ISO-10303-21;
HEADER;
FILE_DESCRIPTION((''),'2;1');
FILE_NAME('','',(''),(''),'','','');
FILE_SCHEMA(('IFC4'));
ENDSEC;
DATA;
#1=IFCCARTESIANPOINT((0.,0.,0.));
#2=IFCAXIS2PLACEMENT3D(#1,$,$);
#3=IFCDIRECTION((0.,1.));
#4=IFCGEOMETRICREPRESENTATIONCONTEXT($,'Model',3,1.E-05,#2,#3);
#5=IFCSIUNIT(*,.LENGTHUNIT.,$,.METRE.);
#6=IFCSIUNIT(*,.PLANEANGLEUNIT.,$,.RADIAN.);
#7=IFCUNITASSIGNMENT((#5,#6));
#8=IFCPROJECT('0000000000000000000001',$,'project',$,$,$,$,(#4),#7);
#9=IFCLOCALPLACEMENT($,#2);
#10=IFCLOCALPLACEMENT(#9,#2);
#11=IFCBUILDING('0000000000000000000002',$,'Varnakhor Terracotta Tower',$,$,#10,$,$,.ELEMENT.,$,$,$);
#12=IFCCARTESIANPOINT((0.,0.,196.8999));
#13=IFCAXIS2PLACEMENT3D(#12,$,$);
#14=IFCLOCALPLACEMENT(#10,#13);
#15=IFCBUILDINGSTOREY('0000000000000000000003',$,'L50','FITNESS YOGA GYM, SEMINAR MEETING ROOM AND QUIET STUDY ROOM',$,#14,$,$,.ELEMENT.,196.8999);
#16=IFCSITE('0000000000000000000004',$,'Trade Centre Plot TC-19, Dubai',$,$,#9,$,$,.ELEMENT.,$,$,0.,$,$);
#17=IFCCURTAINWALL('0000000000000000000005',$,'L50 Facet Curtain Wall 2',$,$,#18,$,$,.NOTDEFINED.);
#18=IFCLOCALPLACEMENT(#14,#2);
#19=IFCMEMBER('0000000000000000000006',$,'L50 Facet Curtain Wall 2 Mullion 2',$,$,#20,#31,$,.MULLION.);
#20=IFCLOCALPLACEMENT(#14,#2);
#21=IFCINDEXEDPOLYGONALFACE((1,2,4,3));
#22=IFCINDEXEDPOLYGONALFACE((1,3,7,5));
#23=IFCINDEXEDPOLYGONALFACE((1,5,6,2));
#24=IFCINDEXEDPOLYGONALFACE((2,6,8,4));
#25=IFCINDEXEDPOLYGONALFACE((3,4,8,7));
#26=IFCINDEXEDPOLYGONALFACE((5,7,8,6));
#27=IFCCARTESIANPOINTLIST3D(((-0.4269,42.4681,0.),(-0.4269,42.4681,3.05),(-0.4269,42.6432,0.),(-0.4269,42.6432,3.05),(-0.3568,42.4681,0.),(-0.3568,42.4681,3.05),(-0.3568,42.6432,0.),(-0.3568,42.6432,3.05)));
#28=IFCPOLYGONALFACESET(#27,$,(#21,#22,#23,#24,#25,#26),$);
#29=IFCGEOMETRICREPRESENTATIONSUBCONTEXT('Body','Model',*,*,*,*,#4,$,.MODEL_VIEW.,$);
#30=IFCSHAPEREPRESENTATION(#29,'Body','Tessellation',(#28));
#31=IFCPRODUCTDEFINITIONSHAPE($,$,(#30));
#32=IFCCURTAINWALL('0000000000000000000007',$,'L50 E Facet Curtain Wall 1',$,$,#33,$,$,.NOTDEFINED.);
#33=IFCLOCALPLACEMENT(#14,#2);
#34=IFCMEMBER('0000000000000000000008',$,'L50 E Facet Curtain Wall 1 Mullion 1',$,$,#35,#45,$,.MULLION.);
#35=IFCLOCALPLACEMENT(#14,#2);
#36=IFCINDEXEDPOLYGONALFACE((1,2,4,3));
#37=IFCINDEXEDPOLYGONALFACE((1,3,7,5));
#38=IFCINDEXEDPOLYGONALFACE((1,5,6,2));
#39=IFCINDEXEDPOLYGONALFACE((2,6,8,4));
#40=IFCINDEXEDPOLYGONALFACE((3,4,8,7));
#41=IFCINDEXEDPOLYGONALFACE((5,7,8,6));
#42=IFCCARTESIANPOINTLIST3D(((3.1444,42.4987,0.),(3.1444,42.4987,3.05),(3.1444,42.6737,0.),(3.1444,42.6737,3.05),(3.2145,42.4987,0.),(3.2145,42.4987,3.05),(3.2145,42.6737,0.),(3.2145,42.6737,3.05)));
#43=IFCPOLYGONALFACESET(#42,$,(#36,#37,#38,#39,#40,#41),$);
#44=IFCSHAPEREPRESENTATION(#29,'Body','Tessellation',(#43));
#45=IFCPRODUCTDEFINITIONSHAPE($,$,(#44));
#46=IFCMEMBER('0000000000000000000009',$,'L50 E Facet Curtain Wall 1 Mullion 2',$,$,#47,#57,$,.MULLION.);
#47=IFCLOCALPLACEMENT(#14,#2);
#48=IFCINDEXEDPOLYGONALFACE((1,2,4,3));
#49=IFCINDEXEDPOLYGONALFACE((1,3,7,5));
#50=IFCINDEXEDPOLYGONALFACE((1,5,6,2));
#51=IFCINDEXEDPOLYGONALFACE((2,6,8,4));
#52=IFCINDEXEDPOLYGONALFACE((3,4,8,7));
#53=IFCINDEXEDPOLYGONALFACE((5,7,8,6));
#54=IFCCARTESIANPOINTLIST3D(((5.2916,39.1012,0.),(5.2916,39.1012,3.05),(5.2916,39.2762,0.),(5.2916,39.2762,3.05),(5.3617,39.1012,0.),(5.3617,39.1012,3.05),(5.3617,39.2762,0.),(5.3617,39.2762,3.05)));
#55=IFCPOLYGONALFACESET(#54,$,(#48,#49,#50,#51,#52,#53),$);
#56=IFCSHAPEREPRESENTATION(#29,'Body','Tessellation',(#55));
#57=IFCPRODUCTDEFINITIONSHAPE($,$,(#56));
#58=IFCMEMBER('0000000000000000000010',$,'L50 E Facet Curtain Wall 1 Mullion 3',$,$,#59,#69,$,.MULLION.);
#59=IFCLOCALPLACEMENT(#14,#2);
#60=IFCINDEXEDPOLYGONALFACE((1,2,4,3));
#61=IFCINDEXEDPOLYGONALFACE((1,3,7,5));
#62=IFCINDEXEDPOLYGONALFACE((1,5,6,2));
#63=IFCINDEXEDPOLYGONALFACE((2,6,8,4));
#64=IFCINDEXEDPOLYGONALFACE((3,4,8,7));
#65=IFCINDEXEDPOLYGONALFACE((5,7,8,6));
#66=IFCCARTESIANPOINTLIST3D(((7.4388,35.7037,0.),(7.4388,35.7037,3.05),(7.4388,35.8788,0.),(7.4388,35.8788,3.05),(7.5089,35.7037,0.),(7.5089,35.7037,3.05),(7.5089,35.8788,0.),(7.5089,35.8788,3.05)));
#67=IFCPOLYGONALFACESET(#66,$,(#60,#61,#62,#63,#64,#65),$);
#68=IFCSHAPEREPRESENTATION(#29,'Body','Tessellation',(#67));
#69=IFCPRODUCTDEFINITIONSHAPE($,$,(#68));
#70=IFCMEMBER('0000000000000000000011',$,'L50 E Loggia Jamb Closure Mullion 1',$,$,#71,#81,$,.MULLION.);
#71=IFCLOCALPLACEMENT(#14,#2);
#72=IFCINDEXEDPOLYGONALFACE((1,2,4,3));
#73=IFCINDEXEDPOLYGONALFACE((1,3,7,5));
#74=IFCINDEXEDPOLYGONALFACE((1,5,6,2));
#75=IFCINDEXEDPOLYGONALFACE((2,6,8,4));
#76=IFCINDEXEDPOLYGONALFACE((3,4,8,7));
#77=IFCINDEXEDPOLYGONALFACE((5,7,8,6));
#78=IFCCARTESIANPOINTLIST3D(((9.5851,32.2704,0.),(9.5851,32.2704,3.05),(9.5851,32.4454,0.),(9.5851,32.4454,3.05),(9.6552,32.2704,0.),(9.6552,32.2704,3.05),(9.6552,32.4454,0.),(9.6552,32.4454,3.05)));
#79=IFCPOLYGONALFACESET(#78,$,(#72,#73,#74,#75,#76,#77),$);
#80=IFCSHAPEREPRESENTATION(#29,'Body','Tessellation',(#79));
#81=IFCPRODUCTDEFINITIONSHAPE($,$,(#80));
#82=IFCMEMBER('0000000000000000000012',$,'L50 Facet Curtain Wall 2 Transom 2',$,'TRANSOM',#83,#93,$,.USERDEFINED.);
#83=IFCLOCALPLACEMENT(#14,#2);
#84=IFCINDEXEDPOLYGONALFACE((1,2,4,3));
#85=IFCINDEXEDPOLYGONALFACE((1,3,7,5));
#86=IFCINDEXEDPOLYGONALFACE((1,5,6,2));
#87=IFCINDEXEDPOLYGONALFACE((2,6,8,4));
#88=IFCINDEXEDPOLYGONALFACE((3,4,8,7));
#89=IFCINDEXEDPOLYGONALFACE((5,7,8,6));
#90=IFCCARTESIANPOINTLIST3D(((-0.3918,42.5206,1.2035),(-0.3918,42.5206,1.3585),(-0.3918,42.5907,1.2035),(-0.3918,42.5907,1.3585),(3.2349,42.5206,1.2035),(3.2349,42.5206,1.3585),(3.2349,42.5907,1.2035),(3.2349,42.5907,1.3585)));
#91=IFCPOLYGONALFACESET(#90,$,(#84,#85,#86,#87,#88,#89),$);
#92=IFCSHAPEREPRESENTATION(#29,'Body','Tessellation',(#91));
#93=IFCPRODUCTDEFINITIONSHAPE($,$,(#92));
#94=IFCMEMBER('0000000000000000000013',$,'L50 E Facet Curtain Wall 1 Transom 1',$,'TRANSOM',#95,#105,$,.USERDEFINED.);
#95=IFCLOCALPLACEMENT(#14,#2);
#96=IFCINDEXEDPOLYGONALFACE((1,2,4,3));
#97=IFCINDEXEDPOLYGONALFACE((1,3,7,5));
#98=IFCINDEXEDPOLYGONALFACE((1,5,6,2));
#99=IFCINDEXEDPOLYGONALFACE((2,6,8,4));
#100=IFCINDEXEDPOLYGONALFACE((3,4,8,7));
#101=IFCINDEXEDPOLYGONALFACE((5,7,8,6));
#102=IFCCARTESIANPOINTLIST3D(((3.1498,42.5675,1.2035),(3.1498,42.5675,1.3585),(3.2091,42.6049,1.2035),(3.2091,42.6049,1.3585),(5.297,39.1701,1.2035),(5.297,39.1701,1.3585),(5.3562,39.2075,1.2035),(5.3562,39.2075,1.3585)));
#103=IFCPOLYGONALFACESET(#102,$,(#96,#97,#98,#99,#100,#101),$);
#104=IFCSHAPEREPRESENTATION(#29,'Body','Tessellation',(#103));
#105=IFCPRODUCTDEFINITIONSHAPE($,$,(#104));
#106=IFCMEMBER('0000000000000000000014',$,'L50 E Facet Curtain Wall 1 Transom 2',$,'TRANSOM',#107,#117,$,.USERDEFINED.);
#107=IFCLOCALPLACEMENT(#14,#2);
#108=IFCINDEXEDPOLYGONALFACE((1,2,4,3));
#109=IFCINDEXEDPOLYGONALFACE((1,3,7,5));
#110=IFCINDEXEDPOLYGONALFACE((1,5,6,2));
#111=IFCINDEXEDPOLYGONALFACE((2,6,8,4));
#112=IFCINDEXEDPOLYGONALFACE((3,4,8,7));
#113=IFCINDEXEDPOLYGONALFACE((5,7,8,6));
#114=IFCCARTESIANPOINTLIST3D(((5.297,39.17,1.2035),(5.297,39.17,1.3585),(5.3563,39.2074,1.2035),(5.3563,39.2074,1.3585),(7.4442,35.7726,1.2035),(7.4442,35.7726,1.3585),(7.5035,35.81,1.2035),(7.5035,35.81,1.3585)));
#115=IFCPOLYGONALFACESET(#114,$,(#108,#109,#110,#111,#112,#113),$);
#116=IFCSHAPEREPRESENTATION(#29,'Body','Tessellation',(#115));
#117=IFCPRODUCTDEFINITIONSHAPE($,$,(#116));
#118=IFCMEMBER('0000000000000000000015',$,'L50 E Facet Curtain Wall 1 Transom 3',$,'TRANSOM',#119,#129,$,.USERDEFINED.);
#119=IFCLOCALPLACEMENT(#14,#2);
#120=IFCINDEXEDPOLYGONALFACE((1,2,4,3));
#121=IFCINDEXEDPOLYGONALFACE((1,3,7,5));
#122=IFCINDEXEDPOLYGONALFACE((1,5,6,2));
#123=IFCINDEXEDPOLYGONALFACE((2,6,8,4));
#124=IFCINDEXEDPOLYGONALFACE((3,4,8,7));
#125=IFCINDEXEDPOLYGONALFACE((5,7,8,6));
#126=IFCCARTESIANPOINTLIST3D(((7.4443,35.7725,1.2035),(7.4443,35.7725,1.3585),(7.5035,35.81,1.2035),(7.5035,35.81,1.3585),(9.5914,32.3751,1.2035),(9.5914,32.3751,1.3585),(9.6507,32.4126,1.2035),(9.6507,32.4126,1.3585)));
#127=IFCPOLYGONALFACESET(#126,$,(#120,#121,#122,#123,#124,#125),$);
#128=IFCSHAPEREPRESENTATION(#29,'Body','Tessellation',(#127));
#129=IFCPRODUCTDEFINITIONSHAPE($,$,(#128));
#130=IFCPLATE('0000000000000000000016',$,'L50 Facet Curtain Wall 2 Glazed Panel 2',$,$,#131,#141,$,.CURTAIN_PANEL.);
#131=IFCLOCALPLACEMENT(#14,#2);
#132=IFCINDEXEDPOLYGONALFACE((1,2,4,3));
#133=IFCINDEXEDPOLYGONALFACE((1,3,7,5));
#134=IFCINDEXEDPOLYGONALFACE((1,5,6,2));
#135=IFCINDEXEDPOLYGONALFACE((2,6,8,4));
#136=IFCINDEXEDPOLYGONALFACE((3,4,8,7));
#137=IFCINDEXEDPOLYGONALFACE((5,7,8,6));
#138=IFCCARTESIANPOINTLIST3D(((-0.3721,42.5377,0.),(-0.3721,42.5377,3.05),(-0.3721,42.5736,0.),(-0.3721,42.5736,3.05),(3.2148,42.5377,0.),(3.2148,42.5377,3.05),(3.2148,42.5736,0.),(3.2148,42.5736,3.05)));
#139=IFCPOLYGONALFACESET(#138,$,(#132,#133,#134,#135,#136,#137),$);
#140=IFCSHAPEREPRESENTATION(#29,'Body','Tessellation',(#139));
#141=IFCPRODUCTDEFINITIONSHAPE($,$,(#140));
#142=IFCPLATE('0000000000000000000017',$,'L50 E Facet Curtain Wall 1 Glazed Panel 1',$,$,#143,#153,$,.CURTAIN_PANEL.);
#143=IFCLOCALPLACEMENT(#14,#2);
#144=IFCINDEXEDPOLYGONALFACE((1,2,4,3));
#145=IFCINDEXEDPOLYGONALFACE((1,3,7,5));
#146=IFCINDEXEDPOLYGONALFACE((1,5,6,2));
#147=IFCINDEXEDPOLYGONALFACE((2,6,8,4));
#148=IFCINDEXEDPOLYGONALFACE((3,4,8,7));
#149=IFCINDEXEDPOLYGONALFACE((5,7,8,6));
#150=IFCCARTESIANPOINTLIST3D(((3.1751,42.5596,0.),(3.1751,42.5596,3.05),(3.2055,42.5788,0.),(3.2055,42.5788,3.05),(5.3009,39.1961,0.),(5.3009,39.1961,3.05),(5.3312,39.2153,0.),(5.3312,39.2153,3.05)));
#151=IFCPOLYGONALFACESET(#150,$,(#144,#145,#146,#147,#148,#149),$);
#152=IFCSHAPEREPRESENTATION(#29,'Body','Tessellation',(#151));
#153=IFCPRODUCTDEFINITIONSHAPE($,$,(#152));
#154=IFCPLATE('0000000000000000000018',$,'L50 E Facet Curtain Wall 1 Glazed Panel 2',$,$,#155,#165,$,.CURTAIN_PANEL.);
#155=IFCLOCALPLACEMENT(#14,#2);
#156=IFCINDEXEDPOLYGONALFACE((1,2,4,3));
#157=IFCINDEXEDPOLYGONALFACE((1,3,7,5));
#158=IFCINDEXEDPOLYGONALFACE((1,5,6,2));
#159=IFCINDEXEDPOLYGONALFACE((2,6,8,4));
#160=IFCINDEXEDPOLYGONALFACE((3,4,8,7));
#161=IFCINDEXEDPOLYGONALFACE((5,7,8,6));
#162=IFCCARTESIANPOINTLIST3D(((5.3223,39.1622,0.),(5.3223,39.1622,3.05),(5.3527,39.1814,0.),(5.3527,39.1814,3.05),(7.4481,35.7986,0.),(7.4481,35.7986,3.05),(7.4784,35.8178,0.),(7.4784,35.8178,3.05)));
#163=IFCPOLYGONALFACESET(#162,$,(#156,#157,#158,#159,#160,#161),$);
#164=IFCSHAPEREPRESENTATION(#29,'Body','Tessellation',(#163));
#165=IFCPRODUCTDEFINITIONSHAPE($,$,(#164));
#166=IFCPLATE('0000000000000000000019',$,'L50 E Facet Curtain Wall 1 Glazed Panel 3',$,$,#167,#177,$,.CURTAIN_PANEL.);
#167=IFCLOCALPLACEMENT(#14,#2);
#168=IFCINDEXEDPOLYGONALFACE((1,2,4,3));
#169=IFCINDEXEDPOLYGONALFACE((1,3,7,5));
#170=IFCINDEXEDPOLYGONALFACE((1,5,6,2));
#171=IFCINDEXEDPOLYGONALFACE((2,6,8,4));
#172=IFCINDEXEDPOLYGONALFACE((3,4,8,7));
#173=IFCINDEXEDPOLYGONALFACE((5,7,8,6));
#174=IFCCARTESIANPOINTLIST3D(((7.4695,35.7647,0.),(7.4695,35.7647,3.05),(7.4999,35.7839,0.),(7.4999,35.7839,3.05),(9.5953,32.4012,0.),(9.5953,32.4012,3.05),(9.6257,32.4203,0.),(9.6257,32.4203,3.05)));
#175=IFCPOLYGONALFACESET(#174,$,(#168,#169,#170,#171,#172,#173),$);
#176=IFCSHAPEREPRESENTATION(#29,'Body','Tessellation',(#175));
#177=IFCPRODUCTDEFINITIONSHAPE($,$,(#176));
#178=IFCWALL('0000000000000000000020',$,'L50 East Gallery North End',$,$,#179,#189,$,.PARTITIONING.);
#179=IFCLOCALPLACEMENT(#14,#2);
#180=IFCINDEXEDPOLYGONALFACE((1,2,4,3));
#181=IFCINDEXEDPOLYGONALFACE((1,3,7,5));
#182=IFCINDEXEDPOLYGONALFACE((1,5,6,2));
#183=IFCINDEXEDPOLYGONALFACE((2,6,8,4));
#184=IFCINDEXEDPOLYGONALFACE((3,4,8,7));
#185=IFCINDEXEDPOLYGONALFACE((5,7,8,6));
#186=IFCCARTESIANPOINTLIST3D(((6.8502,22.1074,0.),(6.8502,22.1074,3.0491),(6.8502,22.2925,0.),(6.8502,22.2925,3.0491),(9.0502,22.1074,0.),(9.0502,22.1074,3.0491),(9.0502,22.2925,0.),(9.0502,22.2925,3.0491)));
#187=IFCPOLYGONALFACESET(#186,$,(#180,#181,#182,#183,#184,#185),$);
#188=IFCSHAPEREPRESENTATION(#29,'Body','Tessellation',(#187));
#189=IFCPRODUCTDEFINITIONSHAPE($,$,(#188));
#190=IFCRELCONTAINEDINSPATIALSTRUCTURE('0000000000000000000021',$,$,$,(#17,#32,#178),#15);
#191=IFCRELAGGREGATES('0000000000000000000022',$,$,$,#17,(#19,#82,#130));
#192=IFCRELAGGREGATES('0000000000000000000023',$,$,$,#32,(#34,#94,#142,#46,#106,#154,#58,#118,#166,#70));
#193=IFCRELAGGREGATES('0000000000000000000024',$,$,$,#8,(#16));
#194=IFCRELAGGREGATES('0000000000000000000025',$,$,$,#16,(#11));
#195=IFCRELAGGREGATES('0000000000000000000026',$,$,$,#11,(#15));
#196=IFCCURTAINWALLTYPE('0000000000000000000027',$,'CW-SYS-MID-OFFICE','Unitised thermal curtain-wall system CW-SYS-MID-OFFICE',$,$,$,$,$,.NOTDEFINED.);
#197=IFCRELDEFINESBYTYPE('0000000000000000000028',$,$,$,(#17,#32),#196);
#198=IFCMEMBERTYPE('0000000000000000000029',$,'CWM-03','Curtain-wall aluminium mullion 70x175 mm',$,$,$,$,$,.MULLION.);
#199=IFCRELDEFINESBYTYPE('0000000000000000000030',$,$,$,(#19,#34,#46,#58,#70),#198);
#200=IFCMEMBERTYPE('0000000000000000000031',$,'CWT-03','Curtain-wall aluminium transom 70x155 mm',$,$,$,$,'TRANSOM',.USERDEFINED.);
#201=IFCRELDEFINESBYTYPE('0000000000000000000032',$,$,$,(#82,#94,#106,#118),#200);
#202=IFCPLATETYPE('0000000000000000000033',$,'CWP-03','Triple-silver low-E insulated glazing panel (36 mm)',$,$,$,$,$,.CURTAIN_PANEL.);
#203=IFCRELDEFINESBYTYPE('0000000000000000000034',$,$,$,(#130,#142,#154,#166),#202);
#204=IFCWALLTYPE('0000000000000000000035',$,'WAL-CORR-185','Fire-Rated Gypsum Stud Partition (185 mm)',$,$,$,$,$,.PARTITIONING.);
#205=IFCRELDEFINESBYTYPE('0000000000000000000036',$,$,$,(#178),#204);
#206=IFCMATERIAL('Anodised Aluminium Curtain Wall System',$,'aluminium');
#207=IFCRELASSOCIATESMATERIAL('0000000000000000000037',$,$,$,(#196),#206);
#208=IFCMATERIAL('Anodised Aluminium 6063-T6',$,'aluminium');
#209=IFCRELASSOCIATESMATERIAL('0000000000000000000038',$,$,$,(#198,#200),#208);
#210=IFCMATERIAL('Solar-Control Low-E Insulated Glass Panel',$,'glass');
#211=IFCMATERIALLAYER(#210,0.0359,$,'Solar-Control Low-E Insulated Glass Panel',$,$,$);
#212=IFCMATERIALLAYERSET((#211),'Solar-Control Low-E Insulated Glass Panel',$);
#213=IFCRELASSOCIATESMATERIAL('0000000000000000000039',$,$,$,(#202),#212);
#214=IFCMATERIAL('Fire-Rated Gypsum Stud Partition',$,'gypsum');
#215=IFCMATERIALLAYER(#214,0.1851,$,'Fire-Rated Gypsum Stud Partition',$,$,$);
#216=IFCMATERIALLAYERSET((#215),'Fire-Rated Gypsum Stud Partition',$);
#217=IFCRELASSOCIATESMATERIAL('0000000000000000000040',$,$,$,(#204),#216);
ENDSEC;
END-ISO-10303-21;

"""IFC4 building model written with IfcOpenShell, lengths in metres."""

from ifc_helpers import new_model, si_unit, direction, frame, frame_2d, origin, origin_2d, place, context, subcontext, project, spatial, rectangle, extrude, source, transform, mapped, material, layer, layer_set, material_profile, profile_set, type_object, element, aggregate, save


model = new_model("IFC4")

# Units and contexts
model_context = context("Model", 3, precision=1e-05, world=origin(), true_north=direction((0.0, 1.0)))
body_context = subcontext(model_context, "Body", "Model", "MODEL_VIEW")
ifc_project = project(units=[si_unit("LENGTHUNIT", "METRE"), si_unit("PLANEANGLEUNIT", "RADIAN")], contexts=[model_context])

# Site, building, storey
site_placement = place(None, origin())
site = spatial("IfcSite", under=ifc_project, at=site_placement, Name="Trade Centre Plot TC-19, Dubai", CompositionType="ELEMENT", RefElevation=0.0)
building_placement = place(site_placement, origin())
building = spatial("IfcBuilding", under=site, at=building_placement, Name="Varnakhor Terracotta Tower", CompositionType="ELEMENT")
storey_placement = place(building_placement, frame((0.0, 0.0, 196.8999)))
storey = spatial("IfcBuildingStorey", under=building, at=storey_placement, Name="L50", Description="FITNESS YOGA GYM, SEMINAR MEETING ROOM AND QUIET STUDY ROOM", CompositionType="ELEMENT", Elevation=196.8999)

# Curtain wall, member
ifc_material_1 = material(Name="Anodised Aluminium Curtain Wall System", Category="aluminium")
curtain_wall_type = type_object("IfcCurtainWallType", Name="CW-SYS-MID-OFFICE", Description="Unitised thermal curtain-wall system CW-SYS-MID-OFFICE", PredefinedType="NOTDEFINED", material=ifc_material_1)
curtain_wall_1_placement = place(storey_placement, origin())
curtain_wall_1 = element("IfcCurtainWall", 1, at=curtain_wall_1_placement, inside=storey, type_object=curtain_wall_type, Name="L50 Facet Curtain Wall 2", PredefinedType="NOTDEFINED")
ifc_material_2 = material(Name="Anodised Aluminium 6063-T6", Category="aluminium")
ifc_material_profile_1 = material_profile(ifc_material_2, rectangle(XDim=0.0701, YDim=0.175, at=origin_2d()), Name="ALU MULLION 70x175")
ifc_profile_set_1 = profile_set([ifc_material_profile_1], Name="Anodised Aluminium 6063-T6")
member_type_1 = type_object("IfcMemberType", Name="CWM-03", Description="Curtain-wall aluminium mullion 70x175 mm", PredefinedType="MULLION", material=ifc_profile_set_1)
shared_shape_1 = source(origin(), body_context, "Body", "SweptSolid", [
    extrude(rectangle(XDim=0.0701, YDim=0.175, at=origin_2d()), origin(), (0.0, 0.0, 1.0), 3.05),
])
member_1_placement = place(storey_placement, frame((-0.3918, 42.5557, 0.0), z_axis=(0.0, 0.0, 1.0), x_axis=(1.0, 0.0, 0.0)))
member_1 = element("IfcMember", 2, at=member_1_placement, type_object=member_type_1, Name="L50 Facet Curtain Wall 2 Mullion 2", PredefinedType="MULLION", context=body_context, shape_type="MappedRepresentation", body=[
    mapped(shared_shape_1, transform((0.0, 0.0, 0.0), scale=1.0)),
])

# Curtain wall, members
curtain_wall_2_placement = place(storey_placement, origin())
curtain_wall_2 = element("IfcCurtainWall", 3, at=curtain_wall_2_placement, inside=storey, type_object=curtain_wall_type, Name="L50 E Facet Curtain Wall 1", PredefinedType="NOTDEFINED")
member_2_placement = place(storey_placement, frame((3.1794, 42.5862, 0.0), z_axis=(0.0, 0.0, 1.0), x_axis=(1.0, 0.0, 0.0)))
member_2 = element("IfcMember", 4, at=member_2_placement, type_object=member_type_1, Name="L50 E Facet Curtain Wall 1 Mullion 1", PredefinedType="MULLION", context=body_context, shape_type="MappedRepresentation", body=[
    mapped(shared_shape_1, transform((0.0, 0.0, 0.0), scale=1.0)),
])
member_3_placement = place(storey_placement, frame((5.3267, 39.1887, 0.0), z_axis=(0.0, 0.0, 1.0), x_axis=(1.0, 0.0, 0.0)))
member_3 = element("IfcMember", 5, at=member_3_placement, type_object=member_type_1, Name="L50 E Facet Curtain Wall 1 Mullion 2", PredefinedType="MULLION", context=body_context, shape_type="MappedRepresentation", body=[
    mapped(shared_shape_1, transform((0.0, 0.0, 0.0), scale=1.0)),
])
member_4_placement = place(storey_placement, frame((7.4739, 35.7913, 0.0), z_axis=(0.0, 0.0, 1.0), x_axis=(1.0, 0.0, 0.0)))
member_4 = element("IfcMember", 6, at=member_4_placement, type_object=member_type_1, Name="L50 E Facet Curtain Wall 1 Mullion 3", PredefinedType="MULLION", context=body_context, shape_type="MappedRepresentation", body=[
    mapped(shared_shape_1, transform((0.0, 0.0, 0.0), scale=1.0)),
])
member_5_placement = place(storey_placement, frame((9.6201, 32.3579, 0.0), z_axis=(0.0, 0.0, 1.0), x_axis=(1.0, 0.0, 0.0)))
member_5 = element("IfcMember", 7, at=member_5_placement, type_object=member_type_1, Name="L50 E Loggia Jamb Closure Mullion 1", PredefinedType="MULLION", context=body_context, shape_type="MappedRepresentation", body=[
    mapped(shared_shape_1, transform((0.0, 0.0, 0.0), scale=1.0)),
])

# Members
ifc_material_profile_2 = material_profile(ifc_material_2, rectangle(XDim=0.0701, YDim=0.155, at=origin_2d()), Name="ALU TRANSOM 70x155")
ifc_profile_set_2 = profile_set([ifc_material_profile_2], Name="Anodised Aluminium 6063-T6")
member_type_2 = type_object("IfcMemberType", Name="CWT-03", Description="Curtain-wall aluminium transom 70x155 mm", ElementType="TRANSOM", PredefinedType="USERDEFINED", material=ifc_profile_set_2)
shared_shape_2 = source(origin(), body_context, "Body", "SweptSolid", [
    extrude(rectangle(XDim=0.0701, YDim=0.155, at=origin_2d()), origin(), (0.0, 0.0, 1.0), 3.6267),
])
member_6_placement = place(storey_placement, frame((-0.3918, 42.5557, 1.281), z_axis=(1.0, 0.0, 0.0), x_axis=(0.0, 1.0, 0.0)))
member_6 = element("IfcMember", 8, at=member_6_placement, type_object=member_type_2, Name="L50 Facet Curtain Wall 2 Transom 2", ObjectType="TRANSOM", PredefinedType="USERDEFINED", context=body_context, shape_type="MappedRepresentation", body=[
    mapped(shared_shape_2, transform((0.0, 0.0, 0.0), scale=1.0)),
])
shared_shape_3 = source(origin(), body_context, "Body", "SweptSolid", [
    extrude(rectangle(XDim=0.0701, YDim=0.155, at=origin_2d()), origin(), (0.0, 0.0, 1.0), 4.019),
])
member_7_placement = place(storey_placement, frame((3.1794, 42.5862, 1.281), z_axis=(0.534251, -0.845326, 0.0), x_axis=(0.845326, 0.534251, 0.0)))
member_7 = element("IfcMember", 9, at=member_7_placement, type_object=member_type_2, Name="L50 E Facet Curtain Wall 1 Transom 1", ObjectType="TRANSOM", PredefinedType="USERDEFINED", context=body_context, shape_type="MappedRepresentation", body=[
    mapped(shared_shape_3, transform((0.0, 0.0, 0.0), scale=1.0)),
])
member_8_placement = place(storey_placement, frame((5.3267, 39.1887, 1.281), z_axis=(0.534251, -0.845326, 0.0), x_axis=(0.845326, 0.534251, 0.0)))
member_8 = element("IfcMember", 10, at=member_8_placement, type_object=member_type_2, Name="L50 E Facet Curtain Wall 1 Transom 2", ObjectType="TRANSOM", PredefinedType="USERDEFINED", context=body_context, shape_type="MappedRepresentation", body=[
    mapped(shared_shape_3, transform((0.0, 0.0, 0.0), scale=1.0)),
])
member_9_placement = place(storey_placement, frame((7.4739, 35.7913, 1.281), z_axis=(0.534251, -0.845326, 0.0), x_axis=(0.845326, 0.534251, 0.0)))
member_9 = element("IfcMember", 11, at=member_9_placement, type_object=member_type_2, Name="L50 E Facet Curtain Wall 1 Transom 3", ObjectType="TRANSOM", PredefinedType="USERDEFINED", context=body_context, shape_type="MappedRepresentation", body=[
    mapped(shared_shape_3, transform((0.0, 0.0, 0.0), scale=1.0)),
])

# Plates
ifc_material_3 = material(Name="Solar-Control Low-E Insulated Glass Panel", Category="glass")
ifc_layer_1 = layer(ifc_material_3, 0.0359, Name="Solar-Control Low-E Insulated Glass Panel")
ifc_layer_set_1 = layer_set([ifc_layer_1], Name="Solar-Control Low-E Insulated Glass Panel")
plate_type = type_object("IfcPlateType", Name="CWP-03", Description="Triple-silver low-E insulated glazing panel (36 mm)", PredefinedType="CURTAIN_PANEL", material=ifc_layer_set_1)
shared_shape_4 = source(origin(), body_context, "Body", "SweptSolid", [
    extrude(rectangle(XDim=3.5869, YDim=0.0359, at=origin_2d()), origin(), (0.0, 0.0, 1.0), 3.05),
])
plate_1_placement = place(storey_placement, frame((1.4214, 42.5557, 0.0), z_axis=(0.0, 0.0, 1.0), x_axis=(1.0, 0.0, 0.0)))
plate_1 = element("IfcPlate", 12, at=plate_1_placement, type_object=plate_type, Name="L50 Facet Curtain Wall 2 Glazed Panel 2", PredefinedType="CURTAIN_PANEL", context=body_context, shape_type="MappedRepresentation", body=[
    mapped(shared_shape_4, transform((0.0, 0.0, 0.0), scale=1.0)),
])
aggregate(curtain_wall_1, [member_1, member_6, plate_1])
shared_shape_5 = source(origin(), body_context, "Body", "SweptSolid", [
    extrude(rectangle(XDim=3.979, YDim=0.0359, at=origin_2d()), origin(), (0.0, 0.0, 1.0), 3.05),
])
plate_2_placement = place(storey_placement, frame((4.2532, 40.8875, 0.0), z_axis=(0.0, 0.0, 1.0), x_axis=(0.534249, -0.845327, 0.0)))
plate_2 = element("IfcPlate", 13, at=plate_2_placement, type_object=plate_type, Name="L50 E Facet Curtain Wall 1 Glazed Panel 1", PredefinedType="CURTAIN_PANEL", context=body_context, shape_type="MappedRepresentation", body=[
    mapped(shared_shape_5, transform((0.0, 0.0, 0.0), scale=1.0)),
])
plate_3_placement = place(storey_placement, frame((6.4004, 37.49, 0.0), z_axis=(0.0, 0.0, 1.0), x_axis=(0.534249, -0.845327, 0.0)))
plate_3 = element("IfcPlate", 14, at=plate_3_placement, type_object=plate_type, Name="L50 E Facet Curtain Wall 1 Glazed Panel 2", PredefinedType="CURTAIN_PANEL", context=body_context, shape_type="MappedRepresentation", body=[
    mapped(shared_shape_5, transform((0.0, 0.0, 0.0), scale=1.0)),
])
plate_4_placement = place(storey_placement, frame((8.5476, 34.0925, 0.0), z_axis=(0.0, 0.0, 1.0), x_axis=(0.534249, -0.845327, 0.0)))
plate_4 = element("IfcPlate", 15, at=plate_4_placement, type_object=plate_type, Name="L50 E Facet Curtain Wall 1 Glazed Panel 3", PredefinedType="CURTAIN_PANEL", context=body_context, shape_type="MappedRepresentation", body=[
    mapped(shared_shape_5, transform((0.0, 0.0, 0.0), scale=1.0)),
])
aggregate(curtain_wall_2, [member_2, member_7, plate_2, member_3, member_8, plate_3, member_4, member_9, plate_4, member_5])

# Wall
ifc_material_4 = material(Name="Fire-Rated Gypsum Stud Partition", Category="gypsum")
ifc_layer_2 = layer(ifc_material_4, 0.1851, Name="Fire-Rated Gypsum Stud Partition")
ifc_layer_set_2 = layer_set([ifc_layer_2], Name="Fire-Rated Gypsum Stud Partition")
wall_type_1 = type_object("IfcWallType", Name="WAL-CORR-185", Description="Fire-Rated Gypsum Stud Partition (185 mm)", PredefinedType="PARTITIONING", material=ifc_layer_set_2)
wall_1_placement = place(storey_placement, frame((6.8501, 22.2, 0.0), z_axis=(0.0, 0.0, 1.0), x_axis=(1.0, 0.0, 0.0)))
element("IfcWall", 16, at=wall_1_placement, inside=storey, type_object=wall_type_1, Name="L50 East Gallery North End", PredefinedType="PARTITIONING", context=body_context, shape_type="SweptSolid", body=[
    extrude(rectangle(XDim=2.2, YDim=0.1851, at=frame_2d((1.1001, 0.0))), origin(), (0.0, 0.0, 1.0), 3.0491),
])

save(model, "model.ifc")
